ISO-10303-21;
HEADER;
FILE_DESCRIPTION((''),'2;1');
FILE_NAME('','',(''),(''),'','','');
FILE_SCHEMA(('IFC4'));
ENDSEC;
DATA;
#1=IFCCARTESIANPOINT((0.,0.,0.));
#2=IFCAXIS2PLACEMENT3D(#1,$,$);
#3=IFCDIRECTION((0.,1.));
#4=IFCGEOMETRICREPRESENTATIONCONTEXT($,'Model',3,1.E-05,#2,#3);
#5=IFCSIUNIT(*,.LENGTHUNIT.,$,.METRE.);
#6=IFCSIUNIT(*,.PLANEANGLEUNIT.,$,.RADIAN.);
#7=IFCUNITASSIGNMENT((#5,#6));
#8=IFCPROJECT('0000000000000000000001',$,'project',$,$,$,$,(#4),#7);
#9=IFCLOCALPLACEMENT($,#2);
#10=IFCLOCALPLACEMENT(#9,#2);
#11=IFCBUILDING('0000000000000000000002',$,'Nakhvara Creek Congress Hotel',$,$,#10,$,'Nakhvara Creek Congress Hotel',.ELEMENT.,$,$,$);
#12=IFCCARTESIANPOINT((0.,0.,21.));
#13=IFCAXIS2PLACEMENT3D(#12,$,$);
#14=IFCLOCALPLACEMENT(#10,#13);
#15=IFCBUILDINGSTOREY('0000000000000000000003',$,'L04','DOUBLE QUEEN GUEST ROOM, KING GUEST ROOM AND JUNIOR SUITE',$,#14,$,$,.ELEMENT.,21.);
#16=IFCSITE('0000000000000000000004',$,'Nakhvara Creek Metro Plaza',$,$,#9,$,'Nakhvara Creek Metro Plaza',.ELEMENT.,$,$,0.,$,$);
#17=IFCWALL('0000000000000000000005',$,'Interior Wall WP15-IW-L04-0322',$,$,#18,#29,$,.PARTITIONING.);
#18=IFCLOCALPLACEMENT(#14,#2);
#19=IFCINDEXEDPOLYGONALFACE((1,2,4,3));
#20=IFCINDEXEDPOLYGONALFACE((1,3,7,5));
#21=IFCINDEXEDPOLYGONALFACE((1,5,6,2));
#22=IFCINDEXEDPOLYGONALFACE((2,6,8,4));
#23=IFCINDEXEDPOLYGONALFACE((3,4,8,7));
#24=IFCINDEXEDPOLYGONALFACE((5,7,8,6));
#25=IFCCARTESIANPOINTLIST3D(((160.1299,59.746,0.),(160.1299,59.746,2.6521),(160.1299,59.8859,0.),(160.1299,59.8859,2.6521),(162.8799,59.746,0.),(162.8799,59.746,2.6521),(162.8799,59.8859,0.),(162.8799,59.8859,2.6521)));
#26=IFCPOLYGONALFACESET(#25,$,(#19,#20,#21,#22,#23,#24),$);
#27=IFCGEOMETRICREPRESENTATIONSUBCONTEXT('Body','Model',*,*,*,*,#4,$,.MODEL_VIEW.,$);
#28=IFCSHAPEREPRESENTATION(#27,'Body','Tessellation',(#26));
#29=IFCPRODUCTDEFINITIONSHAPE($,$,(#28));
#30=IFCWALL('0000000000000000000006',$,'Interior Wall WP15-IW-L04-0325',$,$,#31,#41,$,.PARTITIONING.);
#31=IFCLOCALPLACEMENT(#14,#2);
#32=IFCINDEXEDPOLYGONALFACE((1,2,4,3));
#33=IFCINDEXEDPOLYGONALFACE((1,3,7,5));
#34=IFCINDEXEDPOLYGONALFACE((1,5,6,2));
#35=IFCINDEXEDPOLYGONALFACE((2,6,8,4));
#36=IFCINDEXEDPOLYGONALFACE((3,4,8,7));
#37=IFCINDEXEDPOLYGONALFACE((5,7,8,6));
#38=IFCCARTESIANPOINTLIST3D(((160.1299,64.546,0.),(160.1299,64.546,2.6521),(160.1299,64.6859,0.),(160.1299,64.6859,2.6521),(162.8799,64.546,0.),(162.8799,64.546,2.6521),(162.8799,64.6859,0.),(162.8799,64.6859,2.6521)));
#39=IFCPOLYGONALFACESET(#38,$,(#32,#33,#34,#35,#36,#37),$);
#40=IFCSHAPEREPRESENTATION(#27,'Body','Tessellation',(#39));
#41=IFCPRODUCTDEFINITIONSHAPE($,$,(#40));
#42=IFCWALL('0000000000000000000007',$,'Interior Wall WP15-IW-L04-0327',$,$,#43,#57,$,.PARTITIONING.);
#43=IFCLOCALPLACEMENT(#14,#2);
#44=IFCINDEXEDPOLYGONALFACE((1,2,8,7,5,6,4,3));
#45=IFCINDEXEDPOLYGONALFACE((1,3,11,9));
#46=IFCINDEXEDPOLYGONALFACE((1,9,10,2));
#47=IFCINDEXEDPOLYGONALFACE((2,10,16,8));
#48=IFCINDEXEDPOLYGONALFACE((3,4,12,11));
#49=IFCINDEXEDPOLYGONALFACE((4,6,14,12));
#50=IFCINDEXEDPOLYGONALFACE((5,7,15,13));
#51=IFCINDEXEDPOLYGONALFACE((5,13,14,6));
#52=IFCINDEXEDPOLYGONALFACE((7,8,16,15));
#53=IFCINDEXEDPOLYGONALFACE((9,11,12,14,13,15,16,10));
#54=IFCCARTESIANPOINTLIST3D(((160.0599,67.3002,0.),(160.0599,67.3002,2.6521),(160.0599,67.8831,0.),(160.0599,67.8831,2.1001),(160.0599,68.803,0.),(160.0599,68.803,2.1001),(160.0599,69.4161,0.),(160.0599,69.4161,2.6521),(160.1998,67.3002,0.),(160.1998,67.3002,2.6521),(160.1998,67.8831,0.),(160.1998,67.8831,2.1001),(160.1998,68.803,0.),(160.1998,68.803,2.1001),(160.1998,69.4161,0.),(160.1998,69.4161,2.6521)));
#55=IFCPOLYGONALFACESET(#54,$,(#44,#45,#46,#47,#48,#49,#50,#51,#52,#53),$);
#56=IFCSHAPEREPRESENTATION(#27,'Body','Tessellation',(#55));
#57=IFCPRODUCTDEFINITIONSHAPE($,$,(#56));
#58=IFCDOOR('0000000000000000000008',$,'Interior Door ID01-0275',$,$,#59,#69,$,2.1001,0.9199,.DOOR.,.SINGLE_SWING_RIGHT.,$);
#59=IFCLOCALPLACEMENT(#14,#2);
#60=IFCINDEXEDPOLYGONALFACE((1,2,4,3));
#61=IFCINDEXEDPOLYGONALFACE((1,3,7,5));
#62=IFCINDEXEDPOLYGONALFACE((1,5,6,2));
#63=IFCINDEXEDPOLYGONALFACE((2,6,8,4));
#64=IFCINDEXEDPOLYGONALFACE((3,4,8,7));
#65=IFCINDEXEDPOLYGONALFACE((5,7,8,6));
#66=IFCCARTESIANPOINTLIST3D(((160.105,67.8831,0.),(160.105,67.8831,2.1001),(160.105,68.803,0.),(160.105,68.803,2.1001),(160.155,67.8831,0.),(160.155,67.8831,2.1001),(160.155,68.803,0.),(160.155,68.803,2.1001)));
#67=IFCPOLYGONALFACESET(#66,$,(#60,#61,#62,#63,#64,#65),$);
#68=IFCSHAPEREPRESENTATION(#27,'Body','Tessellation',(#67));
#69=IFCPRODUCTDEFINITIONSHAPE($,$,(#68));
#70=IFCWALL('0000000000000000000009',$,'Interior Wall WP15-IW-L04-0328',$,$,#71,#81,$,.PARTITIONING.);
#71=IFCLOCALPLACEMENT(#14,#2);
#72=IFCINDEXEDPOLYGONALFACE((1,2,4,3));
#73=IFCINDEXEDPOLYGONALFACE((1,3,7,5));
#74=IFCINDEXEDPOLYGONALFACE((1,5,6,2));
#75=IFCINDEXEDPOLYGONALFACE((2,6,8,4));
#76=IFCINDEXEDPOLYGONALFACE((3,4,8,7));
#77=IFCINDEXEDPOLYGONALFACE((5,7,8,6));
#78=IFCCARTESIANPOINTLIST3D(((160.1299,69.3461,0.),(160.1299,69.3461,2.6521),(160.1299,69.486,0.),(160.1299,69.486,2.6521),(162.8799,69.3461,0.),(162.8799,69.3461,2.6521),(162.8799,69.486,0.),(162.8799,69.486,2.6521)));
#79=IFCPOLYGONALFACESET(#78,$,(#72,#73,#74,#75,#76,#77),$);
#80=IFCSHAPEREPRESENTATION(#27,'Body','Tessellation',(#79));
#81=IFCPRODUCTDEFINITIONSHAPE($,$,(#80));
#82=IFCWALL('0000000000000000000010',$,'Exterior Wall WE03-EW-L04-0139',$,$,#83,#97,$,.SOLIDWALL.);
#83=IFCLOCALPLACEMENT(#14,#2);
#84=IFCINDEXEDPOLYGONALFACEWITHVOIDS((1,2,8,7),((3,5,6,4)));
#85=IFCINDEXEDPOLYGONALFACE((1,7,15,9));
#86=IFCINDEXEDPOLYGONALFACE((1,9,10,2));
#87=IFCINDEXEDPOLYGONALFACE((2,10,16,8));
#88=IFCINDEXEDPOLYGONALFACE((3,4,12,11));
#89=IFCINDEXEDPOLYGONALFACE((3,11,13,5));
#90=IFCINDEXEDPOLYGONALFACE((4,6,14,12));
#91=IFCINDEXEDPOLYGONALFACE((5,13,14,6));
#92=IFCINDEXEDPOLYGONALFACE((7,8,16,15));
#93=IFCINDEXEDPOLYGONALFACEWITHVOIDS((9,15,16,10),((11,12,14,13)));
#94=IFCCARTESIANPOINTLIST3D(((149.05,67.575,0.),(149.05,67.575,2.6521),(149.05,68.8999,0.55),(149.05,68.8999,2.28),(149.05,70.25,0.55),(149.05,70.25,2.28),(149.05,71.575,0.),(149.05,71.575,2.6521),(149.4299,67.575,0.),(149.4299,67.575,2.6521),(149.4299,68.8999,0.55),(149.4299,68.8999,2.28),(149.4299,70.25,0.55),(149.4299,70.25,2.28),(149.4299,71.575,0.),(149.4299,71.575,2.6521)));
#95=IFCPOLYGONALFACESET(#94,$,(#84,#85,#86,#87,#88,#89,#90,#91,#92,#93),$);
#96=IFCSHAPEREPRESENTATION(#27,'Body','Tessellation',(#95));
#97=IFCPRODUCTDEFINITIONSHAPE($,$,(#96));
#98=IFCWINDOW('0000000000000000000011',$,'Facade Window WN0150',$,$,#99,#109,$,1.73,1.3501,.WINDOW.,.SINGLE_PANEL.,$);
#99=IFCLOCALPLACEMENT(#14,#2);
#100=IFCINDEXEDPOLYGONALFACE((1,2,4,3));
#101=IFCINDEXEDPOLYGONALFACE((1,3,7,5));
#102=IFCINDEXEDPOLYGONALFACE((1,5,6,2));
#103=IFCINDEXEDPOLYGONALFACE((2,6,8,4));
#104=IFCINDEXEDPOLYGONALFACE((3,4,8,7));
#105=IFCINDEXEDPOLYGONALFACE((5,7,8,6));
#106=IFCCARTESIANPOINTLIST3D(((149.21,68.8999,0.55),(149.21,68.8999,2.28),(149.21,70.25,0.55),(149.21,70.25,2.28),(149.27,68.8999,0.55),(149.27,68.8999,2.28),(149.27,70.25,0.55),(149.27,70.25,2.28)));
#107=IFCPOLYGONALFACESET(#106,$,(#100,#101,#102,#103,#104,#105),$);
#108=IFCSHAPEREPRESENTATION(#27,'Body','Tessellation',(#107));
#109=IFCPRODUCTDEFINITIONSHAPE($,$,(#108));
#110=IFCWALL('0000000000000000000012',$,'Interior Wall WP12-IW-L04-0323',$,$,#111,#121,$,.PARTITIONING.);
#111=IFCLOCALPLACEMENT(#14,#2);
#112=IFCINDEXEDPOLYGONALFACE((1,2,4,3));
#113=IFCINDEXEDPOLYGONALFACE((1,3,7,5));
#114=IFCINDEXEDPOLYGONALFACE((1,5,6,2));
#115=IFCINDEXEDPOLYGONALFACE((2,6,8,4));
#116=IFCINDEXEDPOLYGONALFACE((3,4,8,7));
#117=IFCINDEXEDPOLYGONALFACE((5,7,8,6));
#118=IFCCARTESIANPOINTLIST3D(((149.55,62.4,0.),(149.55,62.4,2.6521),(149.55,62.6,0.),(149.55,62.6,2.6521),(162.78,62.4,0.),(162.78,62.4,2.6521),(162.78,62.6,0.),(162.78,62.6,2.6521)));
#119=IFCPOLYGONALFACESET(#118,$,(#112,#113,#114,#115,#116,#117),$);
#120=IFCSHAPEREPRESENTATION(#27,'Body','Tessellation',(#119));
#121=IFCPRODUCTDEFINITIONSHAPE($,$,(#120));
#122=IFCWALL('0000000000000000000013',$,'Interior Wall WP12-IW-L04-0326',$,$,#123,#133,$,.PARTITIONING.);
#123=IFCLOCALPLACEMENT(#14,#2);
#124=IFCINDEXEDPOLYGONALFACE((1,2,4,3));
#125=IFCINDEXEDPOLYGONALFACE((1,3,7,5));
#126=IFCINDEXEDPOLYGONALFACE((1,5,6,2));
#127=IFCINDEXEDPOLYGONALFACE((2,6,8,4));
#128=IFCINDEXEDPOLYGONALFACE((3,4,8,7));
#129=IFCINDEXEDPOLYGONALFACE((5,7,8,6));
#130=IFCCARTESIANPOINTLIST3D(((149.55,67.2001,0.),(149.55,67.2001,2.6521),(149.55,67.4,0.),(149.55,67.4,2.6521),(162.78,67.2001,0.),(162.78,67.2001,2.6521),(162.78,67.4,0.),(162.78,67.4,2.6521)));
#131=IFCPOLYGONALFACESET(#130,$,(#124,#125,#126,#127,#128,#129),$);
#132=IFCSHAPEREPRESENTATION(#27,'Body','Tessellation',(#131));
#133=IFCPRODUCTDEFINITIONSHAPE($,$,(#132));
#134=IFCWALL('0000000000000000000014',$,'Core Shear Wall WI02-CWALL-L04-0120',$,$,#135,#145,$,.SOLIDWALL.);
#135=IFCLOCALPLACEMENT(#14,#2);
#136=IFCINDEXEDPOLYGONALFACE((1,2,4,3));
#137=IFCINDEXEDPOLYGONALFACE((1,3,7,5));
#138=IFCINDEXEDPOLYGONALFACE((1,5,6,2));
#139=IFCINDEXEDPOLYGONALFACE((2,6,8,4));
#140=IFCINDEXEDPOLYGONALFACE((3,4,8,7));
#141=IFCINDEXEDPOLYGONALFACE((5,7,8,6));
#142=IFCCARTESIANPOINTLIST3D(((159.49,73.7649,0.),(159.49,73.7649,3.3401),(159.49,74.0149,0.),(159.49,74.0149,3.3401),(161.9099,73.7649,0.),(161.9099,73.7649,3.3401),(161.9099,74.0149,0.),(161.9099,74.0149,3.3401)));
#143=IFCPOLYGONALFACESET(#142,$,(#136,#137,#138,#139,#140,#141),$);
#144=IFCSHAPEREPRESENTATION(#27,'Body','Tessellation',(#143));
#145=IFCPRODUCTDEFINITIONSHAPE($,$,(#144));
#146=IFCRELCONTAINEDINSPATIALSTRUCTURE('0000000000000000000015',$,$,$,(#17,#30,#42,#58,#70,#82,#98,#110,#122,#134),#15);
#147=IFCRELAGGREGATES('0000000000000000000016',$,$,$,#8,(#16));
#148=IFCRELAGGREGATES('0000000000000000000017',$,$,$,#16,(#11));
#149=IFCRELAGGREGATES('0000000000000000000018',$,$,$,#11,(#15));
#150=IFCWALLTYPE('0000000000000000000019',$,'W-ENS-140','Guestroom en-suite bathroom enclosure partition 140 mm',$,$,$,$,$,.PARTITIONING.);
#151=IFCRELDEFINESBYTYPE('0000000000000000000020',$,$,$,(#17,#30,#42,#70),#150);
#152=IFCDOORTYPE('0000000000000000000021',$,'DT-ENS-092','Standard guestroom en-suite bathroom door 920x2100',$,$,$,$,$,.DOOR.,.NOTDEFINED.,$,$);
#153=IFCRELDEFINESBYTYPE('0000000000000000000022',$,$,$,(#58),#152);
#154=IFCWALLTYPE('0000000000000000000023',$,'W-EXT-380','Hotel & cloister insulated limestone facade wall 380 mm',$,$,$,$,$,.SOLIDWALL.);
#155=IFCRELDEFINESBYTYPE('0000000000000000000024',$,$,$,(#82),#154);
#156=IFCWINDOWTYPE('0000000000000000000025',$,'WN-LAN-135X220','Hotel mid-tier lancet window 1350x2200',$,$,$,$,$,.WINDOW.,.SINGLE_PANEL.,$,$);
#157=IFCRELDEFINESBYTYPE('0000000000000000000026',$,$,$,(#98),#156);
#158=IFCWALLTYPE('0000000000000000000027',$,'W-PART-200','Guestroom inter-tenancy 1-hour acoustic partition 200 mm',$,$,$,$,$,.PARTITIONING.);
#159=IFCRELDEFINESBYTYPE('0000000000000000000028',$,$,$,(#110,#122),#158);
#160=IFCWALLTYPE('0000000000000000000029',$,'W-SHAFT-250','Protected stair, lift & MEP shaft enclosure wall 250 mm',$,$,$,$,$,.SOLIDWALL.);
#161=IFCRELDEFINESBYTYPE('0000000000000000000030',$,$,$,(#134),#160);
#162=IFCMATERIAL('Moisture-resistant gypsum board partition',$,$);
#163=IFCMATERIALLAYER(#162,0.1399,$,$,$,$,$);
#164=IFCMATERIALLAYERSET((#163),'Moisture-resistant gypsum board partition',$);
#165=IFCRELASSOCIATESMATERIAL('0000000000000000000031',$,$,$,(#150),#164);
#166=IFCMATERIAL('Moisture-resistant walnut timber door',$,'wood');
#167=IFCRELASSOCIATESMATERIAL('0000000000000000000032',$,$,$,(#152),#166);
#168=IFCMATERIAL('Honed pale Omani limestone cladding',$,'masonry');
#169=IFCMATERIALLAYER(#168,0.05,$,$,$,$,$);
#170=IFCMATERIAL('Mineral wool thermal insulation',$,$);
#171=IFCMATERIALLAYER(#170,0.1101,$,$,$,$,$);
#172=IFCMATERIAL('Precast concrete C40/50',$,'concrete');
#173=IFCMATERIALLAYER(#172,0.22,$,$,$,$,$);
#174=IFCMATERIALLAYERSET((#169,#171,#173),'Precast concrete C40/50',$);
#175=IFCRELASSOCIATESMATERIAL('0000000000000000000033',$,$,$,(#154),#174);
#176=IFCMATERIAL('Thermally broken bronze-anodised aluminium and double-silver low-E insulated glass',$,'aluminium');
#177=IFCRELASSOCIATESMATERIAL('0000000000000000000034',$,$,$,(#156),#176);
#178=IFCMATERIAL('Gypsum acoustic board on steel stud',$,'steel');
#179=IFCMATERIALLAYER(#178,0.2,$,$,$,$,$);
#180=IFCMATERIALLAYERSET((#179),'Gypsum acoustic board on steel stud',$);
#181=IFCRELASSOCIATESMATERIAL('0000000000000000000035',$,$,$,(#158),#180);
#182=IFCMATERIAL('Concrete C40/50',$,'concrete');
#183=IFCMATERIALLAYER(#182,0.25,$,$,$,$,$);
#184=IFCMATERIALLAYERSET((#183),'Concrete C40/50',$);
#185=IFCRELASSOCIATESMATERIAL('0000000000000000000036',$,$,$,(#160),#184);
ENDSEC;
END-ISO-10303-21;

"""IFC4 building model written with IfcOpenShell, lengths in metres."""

from ifc_helpers import new_model, si_unit, direction, frame, frame_2d, origin, place, context, subcontext, project, spatial, rectangle, extrude, material, layer, layer_set, type_object, element, fill, save


model = new_model("IFC4")

# Units and contexts
model_context = context("Model", 3, precision=1e-05, world=origin(), true_north=direction((0.0, 1.0)))
body_context = subcontext(model_context, "Body", "Model", "MODEL_VIEW")
ifc_project = project(units=[si_unit("LENGTHUNIT", "METRE"), si_unit("PLANEANGLEUNIT", "RADIAN")], contexts=[model_context])

# Site, building, storey
site_placement = place(None, origin())
site = spatial("IfcSite", under=ifc_project, at=site_placement, Name="Nakhvara Creek Metro Plaza", LongName="Nakhvara Creek Metro Plaza", CompositionType="ELEMENT", RefElevation=0.0)
building_placement = place(site_placement, origin())
building = spatial("IfcBuilding", under=site, at=building_placement, Name="Nakhvara Creek Congress Hotel", LongName="Nakhvara Creek Congress Hotel", CompositionType="ELEMENT")
storey_placement = place(building_placement, frame((0.0, 0.0, 21.0)))
storey = spatial("IfcBuildingStorey", under=building, at=storey_placement, Name="L04", Description="DOUBLE QUEEN GUEST ROOM, KING GUEST ROOM AND JUNIOR SUITE", CompositionType="ELEMENT", Elevation=21.0)

# Shared definitions
ifc_material_1 = material(Name="Concrete C40/50", Category="concrete")

# Shared definitions
ifc_material_2 = material(Name="Moisture-resistant gypsum board partition")
ifc_layer_1 = layer(ifc_material_2, 0.1399)
ifc_layer_set_1 = layer_set([ifc_layer_1], Name="Moisture-resistant gypsum board partition")
wall_type_1 = type_object("IfcWallType", Name="W-ENS-140", Description="Guestroom en-suite bathroom enclosure partition 140 mm", PredefinedType="PARTITIONING", material=ifc_layer_set_1)
ifc_material_3 = material(Name="Moisture-resistant walnut timber door", Category="wood")

# Wall
wall_1_placement = place(storey_placement, frame((160.1299, 59.8159, 0.0), z_axis=(0.0, 0.0, 1.0), x_axis=(1.0, 0.0, 0.0)))
element("IfcWall", 1, at=wall_1_placement, inside=storey, type_object=wall_type_1, Name="Interior Wall WP15-IW-L04-0322", PredefinedType="PARTITIONING", context=body_context, shape_type="SweptSolid", body=[
    extrude(rectangle(XDim=2.75, YDim=0.1399, at=frame_2d((1.375, 0.0))), origin(), (0.0, 0.0, 1.0), 2.6521),
])

# Wall
wall_2_placement = place(storey_placement, frame((160.1299, 64.616, 0.0), z_axis=(0.0, 0.0, 1.0), x_axis=(1.0, 0.0, 0.0)))
element("IfcWall", 2, at=wall_2_placement, inside=storey, type_object=wall_type_1, Name="Interior Wall WP15-IW-L04-0325", PredefinedType="PARTITIONING", context=body_context, shape_type="SweptSolid", body=[
    extrude(rectangle(XDim=2.75, YDim=0.1399, at=frame_2d((1.375, 0.0))), origin(), (0.0, 0.0, 1.0), 2.6521),
])

# Wall, opening, door
wall_3_placement = place(storey_placement, frame((160.1299, 67.3, 0.0), z_axis=(0.0, 0.0, 1.0), x_axis=(0.0, 1.0, 0.0)))
wall_3 = element("IfcWall", 3, at=wall_3_placement, inside=storey, type_object=wall_type_1, Name="Interior Wall WP15-IW-L04-0327", PredefinedType="PARTITIONING", context=body_context, shape_type="SweptSolid", body=[
    extrude(rectangle(XDim=2.116, YDim=0.1399, at=frame_2d((1.0581, 0.0))), origin(), (0.0, 0.0, 1.0), 2.6521),
])
opening_1_placement = place(wall_3_placement, frame((0.583, 0.0, 0.0)))
opening_1 = element("IfcOpeningElement", 4, at=opening_1_placement, cuts=wall_3, PredefinedType="OPENING", context=body_context, shape_type="SweptSolid", body=[
    extrude(rectangle(XDim=0.9199, YDim=2.1001, at=frame_2d((0.46, 1.05))), frame((0.0, 0.082, 0.0), z_axis=(0.0, -1.0, 0.0), x_axis=(1.0, 0.0, 0.0)), (0.0, 0.0, 1.0), 0.1638),
])
door_type_1 = type_object("IfcDoorType", Name="DT-ENS-092", Description="Standard guestroom en-suite bathroom door 920x2100", OperationType="NOTDEFINED", PredefinedType="DOOR", material=ifc_material_3)
door_1_placement = place(opening_1_placement, origin())
door_1 = element("IfcDoor", 5, at=door_1_placement, inside=storey, type_object=door_type_1, Name="Interior Door ID01-0275", OperationType="SINGLE_SWING_RIGHT", OverallHeight=2.1001, OverallWidth=0.9199, PredefinedType="DOOR", context=body_context, shape_type="SweptSolid", body=[
    extrude(rectangle(XDim=0.9199, YDim=2.1001, at=frame_2d((0.46, 1.05))), frame((0.0, 0.0249, 0.0), z_axis=(0.0, -1.0, 0.0), x_axis=(1.0, 0.0, 0.0)), (0.0, 0.0, 1.0), 0.05),
])
fill(opening_1, door_1)

# Wall
wall_4_placement = place(storey_placement, frame((160.1299, 69.416, 0.0), z_axis=(0.0, 0.0, 1.0), x_axis=(1.0, 0.0, 0.0)))
element("IfcWall", 6, at=wall_4_placement, inside=storey, type_object=wall_type_1, Name="Interior Wall WP15-IW-L04-0328", PredefinedType="PARTITIONING", context=body_context, shape_type="SweptSolid", body=[
    extrude(rectangle(XDim=2.75, YDim=0.1399, at=frame_2d((1.375, 0.0))), origin(), (0.0, 0.0, 1.0), 2.6521),
])

# Wall, opening, window
ifc_material_4 = material(Name="Honed pale Omani limestone cladding", Category="masonry")
ifc_layer_2 = layer(ifc_material_4, 0.05)
ifc_material_5 = material(Name="Mineral wool thermal insulation")
ifc_layer_3 = layer(ifc_material_5, 0.1101)
ifc_material_6 = material(Name="Precast concrete C40/50", Category="concrete")
ifc_layer_4 = layer(ifc_material_6, 0.22)
ifc_layer_set_2 = layer_set([ifc_layer_2, ifc_layer_3, ifc_layer_4], Name="Precast concrete C40/50")
wall_type_2 = type_object("IfcWallType", Name="W-EXT-380", Description="Hotel & cloister insulated limestone facade wall 380 mm", PredefinedType="SOLIDWALL", material=ifc_layer_set_2)
wall_5_placement = place(storey_placement, frame((149.24, 67.575, 0.0), z_axis=(0.0, 0.0, 1.0), x_axis=(0.0, 1.0, 0.0)))
wall_5 = element("IfcWall", 7, at=wall_5_placement, inside=storey, type_object=wall_type_2, Name="Exterior Wall WE03-EW-L04-0139", PredefinedType="SOLIDWALL", context=body_context, shape_type="SweptSolid", body=[
    extrude(rectangle(XDim=4.0, YDim=0.3799, at=frame_2d((2.0, 0.0))), origin(), (0.0, 0.0, 1.0), 2.6521),
])
opening_2_placement = place(wall_5_placement, frame((1.325, 0.0, 0.55)))
opening_2 = element("IfcOpeningElement", 8, at=opening_2_placement, cuts=wall_5, PredefinedType="OPENING", context=body_context, shape_type="SweptSolid", body=[
    extrude(rectangle(XDim=1.3501, YDim=1.73, at=frame_2d((0.675, 0.865))), frame((0.0, 0.2019, 0.0), z_axis=(0.0, -1.0, 0.0), x_axis=(1.0, 0.0, 0.0)), (0.0, 0.0, 1.0), 0.4038),
])
ifc_material_7 = material(Name="Thermally broken bronze-anodised aluminium and double-silver low-E insulated glass", Category="aluminium")
window_type = type_object("IfcWindowType", Name="WN-LAN-135X220", Description="Hotel mid-tier lancet window 1350x2200", PartitioningType="SINGLE_PANEL", PredefinedType="WINDOW", material=ifc_material_7)
window_placement = place(opening_2_placement, origin())
window = element("IfcWindow", 9, at=window_placement, inside=storey, type_object=window_type, Name="Facade Window WN0150", OverallHeight=1.73, OverallWidth=1.3501, PartitioningType="SINGLE_PANEL", PredefinedType="WINDOW", context=body_context, shape_type="SweptSolid", body=[
    extrude(rectangle(XDim=1.3501, YDim=1.73, at=frame_2d((0.675, 0.865))), frame((0.0, 0.03, 0.0), z_axis=(0.0, -1.0, 0.0), x_axis=(1.0, 0.0, 0.0)), (0.0, 0.0, 1.0), 0.0601),
])
fill(opening_2, window)

# Walls
ifc_material_8 = material(Name="Gypsum acoustic board on steel stud", Category="steel")
ifc_layer_5 = layer(ifc_material_8, 0.2)
ifc_layer_set_3 = layer_set([ifc_layer_5], Name="Gypsum acoustic board on steel stud")
wall_type_3 = type_object("IfcWallType", Name="W-PART-200", Description="Guestroom inter-tenancy 1-hour acoustic partition 200 mm", PredefinedType="PARTITIONING", material=ifc_layer_set_3)
for number, where, z_axis, x_axis, name in (
    (10, (149.55, 62.5, 0.0), (0.0, 0.0, 1.0), (1.0, 0.0, 0.0), "Interior Wall WP12-IW-L04-0323"),
    (11, (149.55, 67.3, 0.0), (0.0, 0.0, 1.0), (1.0, 0.0, 0.0), "Interior Wall WP12-IW-L04-0326"),
):
    element("IfcWall", number, at=place(storey_placement, frame(where, z_axis=z_axis, x_axis=x_axis)), inside=storey, type_object=wall_type_3, Name=name, PredefinedType="PARTITIONING", context=body_context, shape_type="SweptSolid", body=[
        extrude(rectangle(XDim=13.23, YDim=0.2, at=frame_2d((6.615, 0.0))), origin(), (0.0, 0.0, 1.0), 2.6521),
    ])
ifc_layer_6 = layer(ifc_material_1, 0.25)
ifc_layer_set_4 = layer_set([ifc_layer_6], Name="Concrete C40/50")
wall_type_4 = type_object("IfcWallType", Name="W-SHAFT-250", Description="Protected stair, lift & MEP shaft enclosure wall 250 mm", PredefinedType="SOLIDWALL", material=ifc_layer_set_4)
wall_6_placement = place(storey_placement, frame((159.49, 73.8899, 0.0), z_axis=(0.0, 0.0, 1.0), x_axis=(1.0, 0.0, 0.0)))
element("IfcWall", 12, at=wall_6_placement, inside=storey, type_object=wall_type_4, Name="Core Shear Wall WI02-CWALL-L04-0120", PredefinedType="SOLIDWALL", context=body_context, shape_type="SweptSolid", body=[
    extrude(rectangle(XDim=2.4199, YDim=0.25, at=frame_2d((1.21, 0.0))), origin(), (0.0, 0.0, 1.0), 3.3401),
])

save(model, "model.ifc")
